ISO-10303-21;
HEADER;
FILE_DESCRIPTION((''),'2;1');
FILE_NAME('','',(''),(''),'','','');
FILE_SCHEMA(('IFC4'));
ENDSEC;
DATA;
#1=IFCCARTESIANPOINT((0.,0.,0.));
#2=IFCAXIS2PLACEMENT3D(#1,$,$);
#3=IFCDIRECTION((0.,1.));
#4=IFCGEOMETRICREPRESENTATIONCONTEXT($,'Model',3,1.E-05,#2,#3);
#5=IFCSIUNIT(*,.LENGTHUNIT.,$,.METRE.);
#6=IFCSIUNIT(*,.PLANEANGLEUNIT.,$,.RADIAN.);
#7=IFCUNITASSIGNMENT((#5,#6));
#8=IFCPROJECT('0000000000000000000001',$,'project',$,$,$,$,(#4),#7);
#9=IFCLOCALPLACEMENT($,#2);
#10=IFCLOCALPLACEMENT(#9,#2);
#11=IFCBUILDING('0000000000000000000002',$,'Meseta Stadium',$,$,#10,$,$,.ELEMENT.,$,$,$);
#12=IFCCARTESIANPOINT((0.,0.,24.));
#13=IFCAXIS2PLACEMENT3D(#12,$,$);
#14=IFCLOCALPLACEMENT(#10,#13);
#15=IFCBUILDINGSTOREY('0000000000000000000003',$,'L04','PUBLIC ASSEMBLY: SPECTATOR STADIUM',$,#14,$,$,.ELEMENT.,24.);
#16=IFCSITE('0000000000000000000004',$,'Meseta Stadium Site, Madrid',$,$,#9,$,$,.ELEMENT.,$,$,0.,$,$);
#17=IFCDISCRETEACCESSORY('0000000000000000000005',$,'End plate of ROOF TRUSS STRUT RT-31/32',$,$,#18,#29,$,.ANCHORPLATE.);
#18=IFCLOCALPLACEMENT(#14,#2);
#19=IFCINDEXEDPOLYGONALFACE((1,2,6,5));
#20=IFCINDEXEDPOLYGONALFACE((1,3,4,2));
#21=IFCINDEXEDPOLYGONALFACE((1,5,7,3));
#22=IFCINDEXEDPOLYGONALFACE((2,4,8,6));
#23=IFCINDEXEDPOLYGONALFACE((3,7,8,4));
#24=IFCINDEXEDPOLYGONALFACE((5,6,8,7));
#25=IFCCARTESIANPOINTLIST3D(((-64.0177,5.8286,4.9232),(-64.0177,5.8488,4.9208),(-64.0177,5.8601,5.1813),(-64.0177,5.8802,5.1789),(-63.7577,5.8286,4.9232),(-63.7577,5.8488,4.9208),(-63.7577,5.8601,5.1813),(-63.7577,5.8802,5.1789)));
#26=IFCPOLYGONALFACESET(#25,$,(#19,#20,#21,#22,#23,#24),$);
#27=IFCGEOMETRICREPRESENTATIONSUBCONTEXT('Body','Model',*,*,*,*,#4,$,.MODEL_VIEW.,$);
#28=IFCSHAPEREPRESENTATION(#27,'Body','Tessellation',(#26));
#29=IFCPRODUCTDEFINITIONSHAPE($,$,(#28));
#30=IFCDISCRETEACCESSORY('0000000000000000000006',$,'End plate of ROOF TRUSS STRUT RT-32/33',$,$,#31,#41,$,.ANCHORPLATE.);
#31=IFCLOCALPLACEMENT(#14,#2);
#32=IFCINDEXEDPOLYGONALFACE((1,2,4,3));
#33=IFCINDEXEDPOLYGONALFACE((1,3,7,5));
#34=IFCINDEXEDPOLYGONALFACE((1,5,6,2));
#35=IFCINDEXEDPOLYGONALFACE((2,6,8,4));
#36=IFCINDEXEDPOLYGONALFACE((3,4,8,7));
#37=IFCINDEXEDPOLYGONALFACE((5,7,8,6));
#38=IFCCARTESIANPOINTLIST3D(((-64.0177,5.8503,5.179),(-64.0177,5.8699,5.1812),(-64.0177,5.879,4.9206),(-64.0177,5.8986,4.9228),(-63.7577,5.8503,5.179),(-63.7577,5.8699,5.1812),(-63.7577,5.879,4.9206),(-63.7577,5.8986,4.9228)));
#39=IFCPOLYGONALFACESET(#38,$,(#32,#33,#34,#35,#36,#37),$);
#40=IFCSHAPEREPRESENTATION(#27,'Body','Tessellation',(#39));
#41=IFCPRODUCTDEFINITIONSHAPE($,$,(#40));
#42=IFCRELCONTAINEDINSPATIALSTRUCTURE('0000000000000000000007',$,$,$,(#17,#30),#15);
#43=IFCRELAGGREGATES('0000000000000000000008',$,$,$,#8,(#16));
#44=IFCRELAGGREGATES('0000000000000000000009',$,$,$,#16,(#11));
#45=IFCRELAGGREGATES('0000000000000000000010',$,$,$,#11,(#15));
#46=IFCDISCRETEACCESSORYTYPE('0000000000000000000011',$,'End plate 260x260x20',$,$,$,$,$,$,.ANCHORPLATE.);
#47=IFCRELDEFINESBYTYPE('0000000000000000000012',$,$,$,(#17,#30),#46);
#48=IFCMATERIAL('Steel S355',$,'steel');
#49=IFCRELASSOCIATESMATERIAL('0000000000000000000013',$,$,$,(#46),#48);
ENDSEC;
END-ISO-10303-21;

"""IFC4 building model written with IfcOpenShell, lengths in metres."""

from ifc_helpers import new_model, si_unit, direction, frame, origin, origin_2d, place, context, subcontext, project, spatial, rectangle, extrude, material, material_profile, profile_set, type_object, element, save


model = new_model("IFC4")

# Units and contexts
model_context = context("Model", 3, precision=1e-05, world=origin(), true_north=direction((0.0, 1.0)))
body_context = subcontext(model_context, "Body", "Model", "MODEL_VIEW")
ifc_project = project(units=[si_unit("LENGTHUNIT", "METRE"), si_unit("PLANEANGLEUNIT", "RADIAN")], contexts=[model_context])

# Site, building, storey
site_placement = place(None, origin())
site = spatial("IfcSite", under=ifc_project, at=site_placement, Name="Meseta Stadium Site, Madrid", CompositionType="ELEMENT", RefElevation=0.0)
building_placement = place(site_placement, origin())
building = spatial("IfcBuilding", under=site, at=building_placement, Name="Meseta Stadium", CompositionType="ELEMENT")
storey_placement = place(building_placement, frame((0.0, 0.0, 24.0)))
storey = spatial("IfcBuildingStorey", under=building, at=storey_placement, Name="L04", Description="PUBLIC ASSEMBLY: SPECTATOR STADIUM", CompositionType="ELEMENT", Elevation=24.0)

# Discrete accessories
ifc_material_1 = material(Name="Steel S355", Category="steel")
ifc_material_profile_1 = material_profile(ifc_material_1, rectangle(XDim=0.26, YDim=0.26, at=origin_2d()), Name="PL 260x260")
ifc_profile_set_1 = profile_set([ifc_material_profile_1], Name="Steel S355")
discrete_accessory_type_1 = type_object("IfcDiscreteAccessoryType", Name="End plate 260x260x20", PredefinedType="ANCHORPLATE", material=ifc_profile_set_1)
discrete_accessory_1_placement = place(storey_placement, frame((-63.8877, 5.8645, 5.0498), z_axis=(0.0, -0.992646, 0.121054), x_axis=(1.0, 0.0, 0.0)))
element("IfcDiscreteAccessory", 1, at=discrete_accessory_1_placement, inside=storey, type_object=discrete_accessory_type_1, Name="End plate of ROOF TRUSS STRUT RT-31/32", PredefinedType="ANCHORPLATE", context=body_context, shape_type="SweptSolid", body=[
    extrude(rectangle(XDim=0.26, YDim=0.26, at=origin_2d()), origin(), (0.0, 0.0, 1.0), 0.0203),
])
discrete_accessory_2_placement = place(storey_placement, frame((-63.8877, 5.8843, 5.052), z_axis=(0.0, -0.993884, -0.110432), x_axis=(1.0, 0.0, 0.0)))
element("IfcDiscreteAccessory", 2, at=discrete_accessory_2_placement, inside=storey, type_object=discrete_accessory_type_1, Name="End plate of ROOF TRUSS STRUT RT-32/33", PredefinedType="ANCHORPLATE", context=body_context, shape_type="SweptSolid", body=[
    extrude(rectangle(XDim=0.26, YDim=0.26, at=origin_2d()), origin(), (0.0, 0.0, 1.0), 0.0198),
])

save(model, "model.ifc")
